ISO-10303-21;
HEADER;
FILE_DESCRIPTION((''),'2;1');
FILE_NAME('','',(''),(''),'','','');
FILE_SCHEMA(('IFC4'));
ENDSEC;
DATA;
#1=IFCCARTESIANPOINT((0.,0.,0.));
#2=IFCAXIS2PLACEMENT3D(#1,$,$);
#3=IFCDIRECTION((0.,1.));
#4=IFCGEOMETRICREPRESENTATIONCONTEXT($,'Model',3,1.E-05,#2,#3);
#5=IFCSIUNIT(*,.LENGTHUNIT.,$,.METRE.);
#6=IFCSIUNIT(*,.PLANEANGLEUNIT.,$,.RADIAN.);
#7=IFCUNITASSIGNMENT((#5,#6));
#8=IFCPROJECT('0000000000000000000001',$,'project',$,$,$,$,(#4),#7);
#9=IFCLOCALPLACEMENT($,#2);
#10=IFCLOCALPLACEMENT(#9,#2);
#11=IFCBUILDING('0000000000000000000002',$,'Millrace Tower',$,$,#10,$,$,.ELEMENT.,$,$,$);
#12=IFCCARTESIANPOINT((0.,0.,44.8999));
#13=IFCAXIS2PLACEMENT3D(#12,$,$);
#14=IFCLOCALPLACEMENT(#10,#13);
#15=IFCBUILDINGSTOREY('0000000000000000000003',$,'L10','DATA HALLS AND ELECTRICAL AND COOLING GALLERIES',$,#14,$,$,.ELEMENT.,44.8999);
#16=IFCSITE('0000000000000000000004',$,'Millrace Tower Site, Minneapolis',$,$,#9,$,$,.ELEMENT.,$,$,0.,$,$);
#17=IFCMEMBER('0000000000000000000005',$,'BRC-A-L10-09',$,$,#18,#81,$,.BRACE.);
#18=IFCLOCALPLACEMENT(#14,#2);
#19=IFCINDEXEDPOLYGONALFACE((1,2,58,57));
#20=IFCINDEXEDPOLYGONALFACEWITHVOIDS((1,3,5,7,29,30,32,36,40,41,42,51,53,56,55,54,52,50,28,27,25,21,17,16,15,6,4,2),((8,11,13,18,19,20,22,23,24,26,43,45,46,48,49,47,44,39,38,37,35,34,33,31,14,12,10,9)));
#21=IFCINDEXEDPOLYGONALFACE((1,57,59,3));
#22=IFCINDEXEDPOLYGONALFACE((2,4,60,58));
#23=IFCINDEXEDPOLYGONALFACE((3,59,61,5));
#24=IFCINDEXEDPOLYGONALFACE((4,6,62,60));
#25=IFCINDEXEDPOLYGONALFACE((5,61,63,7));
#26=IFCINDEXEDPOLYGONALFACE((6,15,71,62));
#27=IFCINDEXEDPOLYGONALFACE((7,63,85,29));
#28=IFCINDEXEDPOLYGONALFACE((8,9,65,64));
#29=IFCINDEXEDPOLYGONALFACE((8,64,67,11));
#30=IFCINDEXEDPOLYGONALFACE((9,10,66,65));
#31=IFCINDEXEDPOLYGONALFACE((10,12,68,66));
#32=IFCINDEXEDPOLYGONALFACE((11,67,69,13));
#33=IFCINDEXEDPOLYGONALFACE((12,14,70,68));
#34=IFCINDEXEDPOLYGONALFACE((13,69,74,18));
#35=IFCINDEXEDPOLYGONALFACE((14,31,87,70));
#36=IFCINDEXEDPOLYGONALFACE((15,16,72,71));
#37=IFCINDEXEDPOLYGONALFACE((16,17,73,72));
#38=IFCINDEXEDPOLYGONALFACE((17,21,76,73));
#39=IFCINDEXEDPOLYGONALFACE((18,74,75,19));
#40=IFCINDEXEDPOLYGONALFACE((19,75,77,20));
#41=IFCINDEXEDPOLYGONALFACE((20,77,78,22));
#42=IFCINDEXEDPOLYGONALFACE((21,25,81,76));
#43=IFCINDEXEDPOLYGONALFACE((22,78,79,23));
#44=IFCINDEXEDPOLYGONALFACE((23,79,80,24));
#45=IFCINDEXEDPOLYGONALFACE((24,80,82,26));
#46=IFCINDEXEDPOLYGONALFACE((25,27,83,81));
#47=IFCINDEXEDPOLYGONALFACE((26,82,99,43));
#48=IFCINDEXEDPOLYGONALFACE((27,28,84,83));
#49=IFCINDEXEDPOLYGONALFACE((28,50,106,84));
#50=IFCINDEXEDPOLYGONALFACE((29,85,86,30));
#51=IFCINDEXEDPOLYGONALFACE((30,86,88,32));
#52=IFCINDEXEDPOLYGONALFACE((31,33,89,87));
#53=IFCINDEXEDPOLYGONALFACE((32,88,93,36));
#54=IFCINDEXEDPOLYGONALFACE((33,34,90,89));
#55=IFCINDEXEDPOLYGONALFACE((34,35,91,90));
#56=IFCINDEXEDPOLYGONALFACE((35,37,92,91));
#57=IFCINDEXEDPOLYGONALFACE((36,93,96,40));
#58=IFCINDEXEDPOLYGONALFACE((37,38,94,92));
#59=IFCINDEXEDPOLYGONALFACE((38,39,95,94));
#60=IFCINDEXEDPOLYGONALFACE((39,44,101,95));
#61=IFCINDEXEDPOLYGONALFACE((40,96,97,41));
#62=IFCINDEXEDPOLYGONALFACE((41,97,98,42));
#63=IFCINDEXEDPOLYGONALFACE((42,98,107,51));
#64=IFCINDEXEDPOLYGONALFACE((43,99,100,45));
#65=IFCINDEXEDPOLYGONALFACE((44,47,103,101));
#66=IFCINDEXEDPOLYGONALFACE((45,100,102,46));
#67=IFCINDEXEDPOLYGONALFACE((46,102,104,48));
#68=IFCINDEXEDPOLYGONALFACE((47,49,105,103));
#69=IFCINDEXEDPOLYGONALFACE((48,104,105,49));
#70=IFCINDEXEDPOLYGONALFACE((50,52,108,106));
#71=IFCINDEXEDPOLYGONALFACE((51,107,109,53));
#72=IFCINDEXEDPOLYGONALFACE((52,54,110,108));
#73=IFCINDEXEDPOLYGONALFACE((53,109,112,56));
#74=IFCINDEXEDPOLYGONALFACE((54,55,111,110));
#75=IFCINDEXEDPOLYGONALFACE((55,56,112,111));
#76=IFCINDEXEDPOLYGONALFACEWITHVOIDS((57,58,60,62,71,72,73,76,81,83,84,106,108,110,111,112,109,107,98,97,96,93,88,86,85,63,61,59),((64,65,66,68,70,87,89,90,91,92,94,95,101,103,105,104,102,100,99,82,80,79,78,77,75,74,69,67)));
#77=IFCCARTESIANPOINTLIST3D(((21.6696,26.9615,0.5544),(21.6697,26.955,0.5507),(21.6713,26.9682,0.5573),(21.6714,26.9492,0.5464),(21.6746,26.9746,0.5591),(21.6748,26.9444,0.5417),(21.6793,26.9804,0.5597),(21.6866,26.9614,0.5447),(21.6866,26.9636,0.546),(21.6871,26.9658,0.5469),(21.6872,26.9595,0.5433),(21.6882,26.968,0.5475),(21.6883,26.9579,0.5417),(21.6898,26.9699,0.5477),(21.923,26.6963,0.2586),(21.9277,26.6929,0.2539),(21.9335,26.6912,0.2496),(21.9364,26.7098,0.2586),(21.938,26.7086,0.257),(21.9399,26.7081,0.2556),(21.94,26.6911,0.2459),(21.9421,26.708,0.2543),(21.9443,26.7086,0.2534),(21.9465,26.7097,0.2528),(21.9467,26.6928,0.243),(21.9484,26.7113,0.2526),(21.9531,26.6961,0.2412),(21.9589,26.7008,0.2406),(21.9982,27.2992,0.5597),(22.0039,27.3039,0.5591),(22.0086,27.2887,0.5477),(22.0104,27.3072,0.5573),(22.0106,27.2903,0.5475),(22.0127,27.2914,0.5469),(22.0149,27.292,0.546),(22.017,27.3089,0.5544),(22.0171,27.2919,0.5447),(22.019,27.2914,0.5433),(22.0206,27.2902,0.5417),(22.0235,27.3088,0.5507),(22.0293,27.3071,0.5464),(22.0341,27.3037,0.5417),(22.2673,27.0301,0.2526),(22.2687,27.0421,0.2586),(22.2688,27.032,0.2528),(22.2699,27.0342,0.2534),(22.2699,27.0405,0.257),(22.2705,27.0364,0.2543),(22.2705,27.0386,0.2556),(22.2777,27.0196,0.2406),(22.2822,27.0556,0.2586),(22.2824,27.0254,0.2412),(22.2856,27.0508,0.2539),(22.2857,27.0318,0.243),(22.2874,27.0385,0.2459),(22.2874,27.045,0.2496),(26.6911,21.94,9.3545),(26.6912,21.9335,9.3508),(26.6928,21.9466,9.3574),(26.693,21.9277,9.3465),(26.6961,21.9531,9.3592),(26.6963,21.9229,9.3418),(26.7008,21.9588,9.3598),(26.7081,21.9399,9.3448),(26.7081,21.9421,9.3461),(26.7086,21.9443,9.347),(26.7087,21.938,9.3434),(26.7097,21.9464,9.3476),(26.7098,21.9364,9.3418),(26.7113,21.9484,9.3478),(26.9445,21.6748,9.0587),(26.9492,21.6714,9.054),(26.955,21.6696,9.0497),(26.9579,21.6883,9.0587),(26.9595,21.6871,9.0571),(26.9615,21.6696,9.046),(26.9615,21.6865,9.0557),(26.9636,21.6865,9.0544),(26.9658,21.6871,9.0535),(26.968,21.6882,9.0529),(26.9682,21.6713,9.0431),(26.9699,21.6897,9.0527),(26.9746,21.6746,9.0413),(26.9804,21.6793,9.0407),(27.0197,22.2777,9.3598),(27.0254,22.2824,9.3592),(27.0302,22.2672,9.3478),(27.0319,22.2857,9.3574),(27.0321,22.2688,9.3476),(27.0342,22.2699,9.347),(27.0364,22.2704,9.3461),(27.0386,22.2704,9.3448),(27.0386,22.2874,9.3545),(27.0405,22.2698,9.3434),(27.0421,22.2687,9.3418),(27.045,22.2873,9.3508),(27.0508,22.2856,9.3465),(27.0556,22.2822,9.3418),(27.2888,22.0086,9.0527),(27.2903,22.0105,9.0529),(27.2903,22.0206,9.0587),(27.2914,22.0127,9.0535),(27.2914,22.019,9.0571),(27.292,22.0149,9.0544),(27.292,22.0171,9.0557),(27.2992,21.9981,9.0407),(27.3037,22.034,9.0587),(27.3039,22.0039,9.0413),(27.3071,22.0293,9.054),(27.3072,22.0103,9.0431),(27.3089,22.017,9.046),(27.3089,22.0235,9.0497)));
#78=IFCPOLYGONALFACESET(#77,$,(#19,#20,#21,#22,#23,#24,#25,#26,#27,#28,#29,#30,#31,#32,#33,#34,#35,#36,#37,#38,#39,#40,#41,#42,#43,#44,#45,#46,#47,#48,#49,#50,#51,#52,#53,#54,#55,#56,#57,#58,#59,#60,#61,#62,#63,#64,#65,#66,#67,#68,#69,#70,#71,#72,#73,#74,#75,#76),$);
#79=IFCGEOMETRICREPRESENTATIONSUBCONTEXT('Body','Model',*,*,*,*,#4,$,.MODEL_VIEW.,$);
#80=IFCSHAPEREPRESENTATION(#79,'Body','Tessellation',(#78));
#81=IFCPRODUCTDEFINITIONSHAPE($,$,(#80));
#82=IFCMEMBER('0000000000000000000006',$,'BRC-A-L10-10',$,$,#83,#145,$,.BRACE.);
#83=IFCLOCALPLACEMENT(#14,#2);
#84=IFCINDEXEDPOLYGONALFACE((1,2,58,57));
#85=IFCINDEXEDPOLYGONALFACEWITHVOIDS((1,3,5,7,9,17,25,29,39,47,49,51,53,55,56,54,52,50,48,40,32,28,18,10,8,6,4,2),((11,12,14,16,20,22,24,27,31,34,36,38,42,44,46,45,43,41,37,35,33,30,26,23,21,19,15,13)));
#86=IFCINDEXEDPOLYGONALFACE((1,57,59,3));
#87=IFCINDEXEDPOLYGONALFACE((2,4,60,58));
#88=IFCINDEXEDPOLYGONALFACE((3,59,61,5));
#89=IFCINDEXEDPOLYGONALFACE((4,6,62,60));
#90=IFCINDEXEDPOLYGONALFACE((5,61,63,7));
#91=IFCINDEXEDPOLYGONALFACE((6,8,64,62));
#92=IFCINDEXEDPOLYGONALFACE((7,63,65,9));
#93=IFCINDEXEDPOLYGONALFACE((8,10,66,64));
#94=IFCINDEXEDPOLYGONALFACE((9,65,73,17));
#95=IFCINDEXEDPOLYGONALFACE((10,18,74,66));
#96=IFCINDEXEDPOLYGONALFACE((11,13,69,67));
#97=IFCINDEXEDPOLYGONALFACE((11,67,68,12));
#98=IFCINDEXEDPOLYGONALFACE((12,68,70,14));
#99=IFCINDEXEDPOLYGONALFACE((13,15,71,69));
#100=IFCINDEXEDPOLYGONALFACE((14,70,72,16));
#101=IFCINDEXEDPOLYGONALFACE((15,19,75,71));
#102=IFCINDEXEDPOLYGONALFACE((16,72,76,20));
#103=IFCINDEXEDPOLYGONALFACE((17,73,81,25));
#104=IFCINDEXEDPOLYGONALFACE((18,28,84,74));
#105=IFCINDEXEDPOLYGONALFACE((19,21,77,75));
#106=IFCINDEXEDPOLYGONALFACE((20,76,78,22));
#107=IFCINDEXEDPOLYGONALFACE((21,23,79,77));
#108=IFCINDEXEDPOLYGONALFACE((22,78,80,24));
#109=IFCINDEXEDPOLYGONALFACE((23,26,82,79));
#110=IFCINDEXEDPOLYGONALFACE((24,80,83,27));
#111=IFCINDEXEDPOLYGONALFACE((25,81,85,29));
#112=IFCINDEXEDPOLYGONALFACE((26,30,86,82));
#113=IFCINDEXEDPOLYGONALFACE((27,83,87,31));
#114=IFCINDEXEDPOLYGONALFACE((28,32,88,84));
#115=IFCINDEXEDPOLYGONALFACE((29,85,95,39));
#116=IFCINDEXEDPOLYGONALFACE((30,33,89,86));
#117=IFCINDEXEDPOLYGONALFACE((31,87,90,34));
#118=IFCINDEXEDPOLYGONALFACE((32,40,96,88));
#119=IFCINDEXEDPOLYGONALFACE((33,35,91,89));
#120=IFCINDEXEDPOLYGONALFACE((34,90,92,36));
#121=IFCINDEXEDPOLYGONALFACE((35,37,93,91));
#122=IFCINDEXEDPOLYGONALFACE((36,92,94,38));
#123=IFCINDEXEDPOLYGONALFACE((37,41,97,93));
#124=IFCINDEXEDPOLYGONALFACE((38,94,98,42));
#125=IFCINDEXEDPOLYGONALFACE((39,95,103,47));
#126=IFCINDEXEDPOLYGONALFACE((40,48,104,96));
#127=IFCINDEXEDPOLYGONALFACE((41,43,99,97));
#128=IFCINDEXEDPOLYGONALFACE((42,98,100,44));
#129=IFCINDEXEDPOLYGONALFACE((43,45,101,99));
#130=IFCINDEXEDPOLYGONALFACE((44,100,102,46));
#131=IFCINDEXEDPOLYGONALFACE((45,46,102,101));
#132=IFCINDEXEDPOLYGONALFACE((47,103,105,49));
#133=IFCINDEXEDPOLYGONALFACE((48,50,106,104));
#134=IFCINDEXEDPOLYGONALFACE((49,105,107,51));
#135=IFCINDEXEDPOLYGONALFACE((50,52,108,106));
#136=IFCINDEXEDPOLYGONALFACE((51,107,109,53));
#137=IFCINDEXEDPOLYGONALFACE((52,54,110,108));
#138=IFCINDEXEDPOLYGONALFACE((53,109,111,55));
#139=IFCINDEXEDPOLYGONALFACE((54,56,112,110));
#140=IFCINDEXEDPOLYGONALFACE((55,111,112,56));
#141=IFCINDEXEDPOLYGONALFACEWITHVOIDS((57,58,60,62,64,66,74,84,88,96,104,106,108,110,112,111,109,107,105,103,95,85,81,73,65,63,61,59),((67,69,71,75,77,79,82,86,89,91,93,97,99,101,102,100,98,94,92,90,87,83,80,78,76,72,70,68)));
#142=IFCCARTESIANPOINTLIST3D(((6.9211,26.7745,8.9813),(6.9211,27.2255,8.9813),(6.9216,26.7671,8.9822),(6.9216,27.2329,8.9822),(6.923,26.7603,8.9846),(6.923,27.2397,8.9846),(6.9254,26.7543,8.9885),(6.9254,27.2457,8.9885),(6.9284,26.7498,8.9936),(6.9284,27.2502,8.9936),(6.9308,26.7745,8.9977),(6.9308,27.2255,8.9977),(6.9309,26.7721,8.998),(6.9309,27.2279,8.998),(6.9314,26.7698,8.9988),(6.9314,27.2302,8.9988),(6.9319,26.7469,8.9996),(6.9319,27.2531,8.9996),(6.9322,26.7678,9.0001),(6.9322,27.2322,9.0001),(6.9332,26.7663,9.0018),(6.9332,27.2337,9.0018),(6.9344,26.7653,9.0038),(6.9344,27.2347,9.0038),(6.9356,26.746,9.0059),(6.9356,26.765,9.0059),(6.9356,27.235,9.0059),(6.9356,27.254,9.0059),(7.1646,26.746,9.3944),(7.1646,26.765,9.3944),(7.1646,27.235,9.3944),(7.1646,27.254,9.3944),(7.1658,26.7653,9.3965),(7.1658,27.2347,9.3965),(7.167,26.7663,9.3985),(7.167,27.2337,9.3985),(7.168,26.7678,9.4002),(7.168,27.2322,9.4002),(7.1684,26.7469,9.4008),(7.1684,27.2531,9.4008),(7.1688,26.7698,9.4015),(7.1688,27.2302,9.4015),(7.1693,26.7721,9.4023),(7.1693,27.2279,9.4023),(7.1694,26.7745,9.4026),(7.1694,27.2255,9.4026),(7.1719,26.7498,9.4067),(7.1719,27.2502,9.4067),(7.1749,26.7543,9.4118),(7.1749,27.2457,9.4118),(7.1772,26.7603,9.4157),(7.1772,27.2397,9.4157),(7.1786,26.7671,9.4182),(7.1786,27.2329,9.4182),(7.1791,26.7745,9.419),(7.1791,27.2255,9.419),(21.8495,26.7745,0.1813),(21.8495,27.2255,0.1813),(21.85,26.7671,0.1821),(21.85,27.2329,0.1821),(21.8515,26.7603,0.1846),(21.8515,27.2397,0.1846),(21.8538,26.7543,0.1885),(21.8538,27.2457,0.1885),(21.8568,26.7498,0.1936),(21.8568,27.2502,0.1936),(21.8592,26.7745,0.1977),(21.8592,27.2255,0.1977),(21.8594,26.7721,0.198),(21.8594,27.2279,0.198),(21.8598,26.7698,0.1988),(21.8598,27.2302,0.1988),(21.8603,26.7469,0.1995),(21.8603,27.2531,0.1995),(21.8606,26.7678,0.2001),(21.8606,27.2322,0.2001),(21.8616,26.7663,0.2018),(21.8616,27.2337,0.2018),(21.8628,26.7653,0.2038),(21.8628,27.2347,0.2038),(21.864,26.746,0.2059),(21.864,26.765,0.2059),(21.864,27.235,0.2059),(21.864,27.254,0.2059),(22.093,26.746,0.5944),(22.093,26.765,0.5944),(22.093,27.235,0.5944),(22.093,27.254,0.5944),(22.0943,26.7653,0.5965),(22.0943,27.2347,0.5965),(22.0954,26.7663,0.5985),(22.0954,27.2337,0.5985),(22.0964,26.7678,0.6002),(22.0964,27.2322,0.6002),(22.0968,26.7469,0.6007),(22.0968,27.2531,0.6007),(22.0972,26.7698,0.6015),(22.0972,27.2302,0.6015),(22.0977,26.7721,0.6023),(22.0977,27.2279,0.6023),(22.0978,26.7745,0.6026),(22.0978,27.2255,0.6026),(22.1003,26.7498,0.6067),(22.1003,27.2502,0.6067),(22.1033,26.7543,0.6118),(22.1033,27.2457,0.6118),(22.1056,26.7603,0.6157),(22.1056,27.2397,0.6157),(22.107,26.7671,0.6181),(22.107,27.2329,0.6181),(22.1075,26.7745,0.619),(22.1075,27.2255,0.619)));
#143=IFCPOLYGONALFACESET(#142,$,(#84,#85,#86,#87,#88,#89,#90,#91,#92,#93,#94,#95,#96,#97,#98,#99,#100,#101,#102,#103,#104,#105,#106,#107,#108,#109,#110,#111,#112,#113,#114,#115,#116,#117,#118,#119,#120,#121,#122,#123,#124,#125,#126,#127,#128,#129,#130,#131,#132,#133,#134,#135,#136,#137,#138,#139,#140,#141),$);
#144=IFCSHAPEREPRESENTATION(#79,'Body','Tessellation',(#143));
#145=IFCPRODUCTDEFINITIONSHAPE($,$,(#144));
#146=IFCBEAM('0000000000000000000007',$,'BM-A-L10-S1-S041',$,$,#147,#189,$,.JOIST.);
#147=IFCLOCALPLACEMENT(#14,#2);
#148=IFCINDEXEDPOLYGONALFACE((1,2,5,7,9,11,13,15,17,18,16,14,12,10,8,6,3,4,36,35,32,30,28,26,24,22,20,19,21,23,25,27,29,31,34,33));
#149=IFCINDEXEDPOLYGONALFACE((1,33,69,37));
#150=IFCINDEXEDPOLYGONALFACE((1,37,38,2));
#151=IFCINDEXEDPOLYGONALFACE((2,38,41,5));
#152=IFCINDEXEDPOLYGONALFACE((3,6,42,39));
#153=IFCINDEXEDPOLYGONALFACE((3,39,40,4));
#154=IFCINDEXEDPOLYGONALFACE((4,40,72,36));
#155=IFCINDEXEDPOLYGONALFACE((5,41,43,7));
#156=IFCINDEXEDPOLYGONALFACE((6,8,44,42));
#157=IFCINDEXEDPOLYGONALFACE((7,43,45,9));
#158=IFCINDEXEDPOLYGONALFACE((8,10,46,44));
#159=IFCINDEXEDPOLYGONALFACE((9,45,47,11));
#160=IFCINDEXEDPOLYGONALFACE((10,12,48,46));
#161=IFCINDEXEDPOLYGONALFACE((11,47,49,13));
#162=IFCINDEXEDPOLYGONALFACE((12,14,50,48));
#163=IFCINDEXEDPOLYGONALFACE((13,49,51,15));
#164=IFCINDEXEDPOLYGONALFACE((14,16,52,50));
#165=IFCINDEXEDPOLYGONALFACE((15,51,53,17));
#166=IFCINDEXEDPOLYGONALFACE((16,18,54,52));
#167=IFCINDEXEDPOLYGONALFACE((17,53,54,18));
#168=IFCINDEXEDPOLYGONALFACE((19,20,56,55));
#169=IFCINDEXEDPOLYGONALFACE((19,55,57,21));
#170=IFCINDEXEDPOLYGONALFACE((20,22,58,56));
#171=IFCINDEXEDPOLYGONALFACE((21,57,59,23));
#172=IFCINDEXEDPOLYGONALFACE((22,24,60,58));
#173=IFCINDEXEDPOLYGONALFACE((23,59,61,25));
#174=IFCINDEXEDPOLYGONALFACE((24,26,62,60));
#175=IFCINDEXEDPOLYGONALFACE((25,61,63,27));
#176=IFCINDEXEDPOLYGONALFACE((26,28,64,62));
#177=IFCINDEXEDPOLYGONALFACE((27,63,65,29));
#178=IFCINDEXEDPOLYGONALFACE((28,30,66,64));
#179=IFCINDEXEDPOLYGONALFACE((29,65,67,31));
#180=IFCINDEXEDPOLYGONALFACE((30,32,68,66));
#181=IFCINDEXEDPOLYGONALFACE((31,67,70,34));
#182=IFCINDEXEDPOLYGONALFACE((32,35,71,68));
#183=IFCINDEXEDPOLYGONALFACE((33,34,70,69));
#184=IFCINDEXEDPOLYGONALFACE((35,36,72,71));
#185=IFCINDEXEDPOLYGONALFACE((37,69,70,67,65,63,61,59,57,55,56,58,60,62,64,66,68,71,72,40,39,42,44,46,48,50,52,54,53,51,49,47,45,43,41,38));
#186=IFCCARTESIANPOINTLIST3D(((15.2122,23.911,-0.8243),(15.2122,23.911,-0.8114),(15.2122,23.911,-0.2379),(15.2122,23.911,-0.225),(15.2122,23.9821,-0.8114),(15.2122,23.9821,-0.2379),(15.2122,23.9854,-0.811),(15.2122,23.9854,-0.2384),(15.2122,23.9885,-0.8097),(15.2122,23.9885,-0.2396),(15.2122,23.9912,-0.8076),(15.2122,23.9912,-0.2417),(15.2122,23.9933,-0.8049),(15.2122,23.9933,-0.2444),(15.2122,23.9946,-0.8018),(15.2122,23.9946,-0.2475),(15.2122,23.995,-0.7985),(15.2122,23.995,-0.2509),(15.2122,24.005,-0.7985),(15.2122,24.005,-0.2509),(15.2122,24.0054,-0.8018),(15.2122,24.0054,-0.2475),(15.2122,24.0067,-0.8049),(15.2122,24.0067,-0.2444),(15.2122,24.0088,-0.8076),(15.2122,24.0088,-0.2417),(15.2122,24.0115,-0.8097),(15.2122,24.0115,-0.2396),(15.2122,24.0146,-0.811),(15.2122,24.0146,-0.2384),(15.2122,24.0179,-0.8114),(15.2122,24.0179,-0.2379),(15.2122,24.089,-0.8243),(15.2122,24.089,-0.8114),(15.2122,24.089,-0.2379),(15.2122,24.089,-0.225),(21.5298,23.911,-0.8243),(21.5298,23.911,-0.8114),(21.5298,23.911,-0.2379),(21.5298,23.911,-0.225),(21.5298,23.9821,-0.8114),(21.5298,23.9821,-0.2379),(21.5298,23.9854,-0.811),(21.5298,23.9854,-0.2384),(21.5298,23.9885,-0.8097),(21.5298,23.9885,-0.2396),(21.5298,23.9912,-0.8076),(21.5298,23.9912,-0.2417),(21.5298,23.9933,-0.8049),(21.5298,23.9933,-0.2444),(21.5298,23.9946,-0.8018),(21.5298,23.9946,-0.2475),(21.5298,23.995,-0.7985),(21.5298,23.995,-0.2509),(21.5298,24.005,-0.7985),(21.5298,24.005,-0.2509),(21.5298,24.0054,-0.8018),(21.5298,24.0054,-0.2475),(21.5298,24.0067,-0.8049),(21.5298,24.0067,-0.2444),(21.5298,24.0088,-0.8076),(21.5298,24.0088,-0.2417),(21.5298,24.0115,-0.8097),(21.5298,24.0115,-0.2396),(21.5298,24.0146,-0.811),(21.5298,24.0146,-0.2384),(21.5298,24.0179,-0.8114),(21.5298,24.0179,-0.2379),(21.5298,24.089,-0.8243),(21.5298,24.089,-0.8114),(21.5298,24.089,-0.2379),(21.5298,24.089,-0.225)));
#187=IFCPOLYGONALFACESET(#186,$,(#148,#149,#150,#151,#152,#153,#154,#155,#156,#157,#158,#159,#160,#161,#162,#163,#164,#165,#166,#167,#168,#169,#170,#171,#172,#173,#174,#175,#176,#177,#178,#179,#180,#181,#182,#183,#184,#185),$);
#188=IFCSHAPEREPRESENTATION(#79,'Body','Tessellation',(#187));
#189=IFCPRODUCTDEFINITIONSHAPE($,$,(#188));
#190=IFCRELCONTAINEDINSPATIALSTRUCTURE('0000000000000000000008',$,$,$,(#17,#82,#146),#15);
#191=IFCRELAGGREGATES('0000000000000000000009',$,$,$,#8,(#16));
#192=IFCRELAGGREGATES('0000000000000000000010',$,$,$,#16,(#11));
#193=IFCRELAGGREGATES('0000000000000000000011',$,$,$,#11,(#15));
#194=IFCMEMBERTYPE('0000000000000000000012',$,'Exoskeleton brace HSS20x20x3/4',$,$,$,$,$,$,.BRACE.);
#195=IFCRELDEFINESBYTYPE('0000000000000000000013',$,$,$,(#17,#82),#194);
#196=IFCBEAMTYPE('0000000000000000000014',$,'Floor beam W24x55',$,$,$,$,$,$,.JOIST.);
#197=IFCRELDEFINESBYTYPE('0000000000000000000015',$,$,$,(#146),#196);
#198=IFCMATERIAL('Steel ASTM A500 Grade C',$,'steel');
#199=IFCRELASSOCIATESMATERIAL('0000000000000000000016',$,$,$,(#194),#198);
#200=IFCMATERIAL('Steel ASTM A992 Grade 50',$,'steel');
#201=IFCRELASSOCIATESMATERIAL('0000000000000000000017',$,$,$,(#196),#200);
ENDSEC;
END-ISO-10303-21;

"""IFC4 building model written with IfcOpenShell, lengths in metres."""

from ifc_helpers import new_model, si_unit, direction, frame, origin, origin_2d, place, context, subcontext, project, spatial, hollow_rectangle, i_section, extrude, material, material_profile, profile_set, type_object, element, save


model = new_model("IFC4")

# Units and contexts
model_context = context("Model", 3, precision=1e-05, world=origin(), true_north=direction((0.0, 1.0)))
body_context = subcontext(model_context, "Body", "Model", "MODEL_VIEW")
ifc_project = project(units=[si_unit("LENGTHUNIT", "METRE"), si_unit("PLANEANGLEUNIT", "RADIAN")], contexts=[model_context])

# Site, building, storey
site_placement = place(None, origin())
site = spatial("IfcSite", under=ifc_project, at=site_placement, Name="Millrace Tower Site, Minneapolis", CompositionType="ELEMENT", RefElevation=0.0)
building_placement = place(site_placement, origin())
building = spatial("IfcBuilding", under=site, at=building_placement, Name="Millrace Tower", CompositionType="ELEMENT")
storey_placement = place(building_placement, frame((0.0, 0.0, 44.8999)))
storey = spatial("IfcBuildingStorey", under=building, at=storey_placement, Name="L10", Description="DATA HALLS AND ELECTRICAL AND COOLING GALLERIES", CompositionType="ELEMENT", Elevation=44.8999)

# Members
ifc_material_1 = material(Name="Steel ASTM A500 Grade C", Category="steel")
ifc_material_profile_1 = material_profile(ifc_material_1, hollow_rectangle(XDim=0.5081, YDim=0.5081, WallThickness=0.019, InnerFilletRadius=0.0095, OuterFilletRadius=0.0286, at=origin_2d()))
ifc_profile_set_1 = profile_set([ifc_material_profile_1], Name="Steel ASTM A500 Grade C")
member_type_1 = type_object("IfcMemberType", Name="Exoskeleton brace HSS20x20x3/4", PredefinedType="BRACE", material=ifc_profile_set_1)
member_1_placement = place(storey_placement, frame((21.9785, 27.0, 0.4001), z_axis=(0.444064, -0.444064, 0.778213), x_axis=(0.707107, 0.707107, 0.0)))
element("IfcMember", 1, at=member_1_placement, inside=storey, type_object=member_type_1, Name="BRC-A-L10-09", PredefinedType="BRACE", context=body_context, shape_type="SweptSolid", body=[
    extrude(hollow_rectangle(XDim=0.5081, YDim=0.5081, WallThickness=0.019, InnerFilletRadius=0.0095, OuterFilletRadius=0.0286, at=origin_2d()), origin(), (0.0, 0.0, 1.0), 11.3081),
])
member_2_placement = place(storey_placement, frame((21.9785, 27.0, 0.4001), z_axis=(-0.861465, 0.0, 0.507817), x_axis=(0.0, -1.0, 0.0)))
element("IfcMember", 2, at=member_2_placement, inside=storey, type_object=member_type_1, Name="BRC-A-L10-10", PredefinedType="BRACE", context=body_context, shape_type="SweptSolid", body=[
    extrude(hollow_rectangle(XDim=0.5081, YDim=0.5081, WallThickness=0.019, InnerFilletRadius=0.0095, OuterFilletRadius=0.0286, at=origin_2d()), origin(), (0.0, 0.0, 1.0), 17.3291),
])

# Beam
ifc_material_2 = material(Name="Steel ASTM A992 Grade 50", Category="steel")
ifc_material_profile_2 = material_profile(ifc_material_2, i_section(OverallWidth=0.178, OverallDepth=0.5994, WebThickness=0.01, FlangeThickness=0.0129, FilletRadius=0.0129, at=origin_2d()))
ifc_profile_set_2 = profile_set([ifc_material_profile_2], Name="Steel ASTM A992 Grade 50")
beam_type_1 = type_object("IfcBeamType", Name="Floor beam W24x55", PredefinedType="JOIST", material=ifc_profile_set_2)
beam_1_placement = place(storey_placement, frame((15.2122, 24.0, -0.5247), z_axis=(1.0, 0.0, 0.0), x_axis=(0.0, 1.0, 0.0)))
element("IfcBeam", 3, at=beam_1_placement, inside=storey, type_object=beam_type_1, Name="BM-A-L10-S1-S041", PredefinedType="JOIST", context=body_context, shape_type="SweptSolid", body=[
    extrude(i_section(OverallWidth=0.178, OverallDepth=0.5994, WebThickness=0.01, FlangeThickness=0.0129, FilletRadius=0.0129, at=origin_2d()), origin(), (0.0, 0.0, 1.0), 6.3176),
])

save(model, "model.ifc")
